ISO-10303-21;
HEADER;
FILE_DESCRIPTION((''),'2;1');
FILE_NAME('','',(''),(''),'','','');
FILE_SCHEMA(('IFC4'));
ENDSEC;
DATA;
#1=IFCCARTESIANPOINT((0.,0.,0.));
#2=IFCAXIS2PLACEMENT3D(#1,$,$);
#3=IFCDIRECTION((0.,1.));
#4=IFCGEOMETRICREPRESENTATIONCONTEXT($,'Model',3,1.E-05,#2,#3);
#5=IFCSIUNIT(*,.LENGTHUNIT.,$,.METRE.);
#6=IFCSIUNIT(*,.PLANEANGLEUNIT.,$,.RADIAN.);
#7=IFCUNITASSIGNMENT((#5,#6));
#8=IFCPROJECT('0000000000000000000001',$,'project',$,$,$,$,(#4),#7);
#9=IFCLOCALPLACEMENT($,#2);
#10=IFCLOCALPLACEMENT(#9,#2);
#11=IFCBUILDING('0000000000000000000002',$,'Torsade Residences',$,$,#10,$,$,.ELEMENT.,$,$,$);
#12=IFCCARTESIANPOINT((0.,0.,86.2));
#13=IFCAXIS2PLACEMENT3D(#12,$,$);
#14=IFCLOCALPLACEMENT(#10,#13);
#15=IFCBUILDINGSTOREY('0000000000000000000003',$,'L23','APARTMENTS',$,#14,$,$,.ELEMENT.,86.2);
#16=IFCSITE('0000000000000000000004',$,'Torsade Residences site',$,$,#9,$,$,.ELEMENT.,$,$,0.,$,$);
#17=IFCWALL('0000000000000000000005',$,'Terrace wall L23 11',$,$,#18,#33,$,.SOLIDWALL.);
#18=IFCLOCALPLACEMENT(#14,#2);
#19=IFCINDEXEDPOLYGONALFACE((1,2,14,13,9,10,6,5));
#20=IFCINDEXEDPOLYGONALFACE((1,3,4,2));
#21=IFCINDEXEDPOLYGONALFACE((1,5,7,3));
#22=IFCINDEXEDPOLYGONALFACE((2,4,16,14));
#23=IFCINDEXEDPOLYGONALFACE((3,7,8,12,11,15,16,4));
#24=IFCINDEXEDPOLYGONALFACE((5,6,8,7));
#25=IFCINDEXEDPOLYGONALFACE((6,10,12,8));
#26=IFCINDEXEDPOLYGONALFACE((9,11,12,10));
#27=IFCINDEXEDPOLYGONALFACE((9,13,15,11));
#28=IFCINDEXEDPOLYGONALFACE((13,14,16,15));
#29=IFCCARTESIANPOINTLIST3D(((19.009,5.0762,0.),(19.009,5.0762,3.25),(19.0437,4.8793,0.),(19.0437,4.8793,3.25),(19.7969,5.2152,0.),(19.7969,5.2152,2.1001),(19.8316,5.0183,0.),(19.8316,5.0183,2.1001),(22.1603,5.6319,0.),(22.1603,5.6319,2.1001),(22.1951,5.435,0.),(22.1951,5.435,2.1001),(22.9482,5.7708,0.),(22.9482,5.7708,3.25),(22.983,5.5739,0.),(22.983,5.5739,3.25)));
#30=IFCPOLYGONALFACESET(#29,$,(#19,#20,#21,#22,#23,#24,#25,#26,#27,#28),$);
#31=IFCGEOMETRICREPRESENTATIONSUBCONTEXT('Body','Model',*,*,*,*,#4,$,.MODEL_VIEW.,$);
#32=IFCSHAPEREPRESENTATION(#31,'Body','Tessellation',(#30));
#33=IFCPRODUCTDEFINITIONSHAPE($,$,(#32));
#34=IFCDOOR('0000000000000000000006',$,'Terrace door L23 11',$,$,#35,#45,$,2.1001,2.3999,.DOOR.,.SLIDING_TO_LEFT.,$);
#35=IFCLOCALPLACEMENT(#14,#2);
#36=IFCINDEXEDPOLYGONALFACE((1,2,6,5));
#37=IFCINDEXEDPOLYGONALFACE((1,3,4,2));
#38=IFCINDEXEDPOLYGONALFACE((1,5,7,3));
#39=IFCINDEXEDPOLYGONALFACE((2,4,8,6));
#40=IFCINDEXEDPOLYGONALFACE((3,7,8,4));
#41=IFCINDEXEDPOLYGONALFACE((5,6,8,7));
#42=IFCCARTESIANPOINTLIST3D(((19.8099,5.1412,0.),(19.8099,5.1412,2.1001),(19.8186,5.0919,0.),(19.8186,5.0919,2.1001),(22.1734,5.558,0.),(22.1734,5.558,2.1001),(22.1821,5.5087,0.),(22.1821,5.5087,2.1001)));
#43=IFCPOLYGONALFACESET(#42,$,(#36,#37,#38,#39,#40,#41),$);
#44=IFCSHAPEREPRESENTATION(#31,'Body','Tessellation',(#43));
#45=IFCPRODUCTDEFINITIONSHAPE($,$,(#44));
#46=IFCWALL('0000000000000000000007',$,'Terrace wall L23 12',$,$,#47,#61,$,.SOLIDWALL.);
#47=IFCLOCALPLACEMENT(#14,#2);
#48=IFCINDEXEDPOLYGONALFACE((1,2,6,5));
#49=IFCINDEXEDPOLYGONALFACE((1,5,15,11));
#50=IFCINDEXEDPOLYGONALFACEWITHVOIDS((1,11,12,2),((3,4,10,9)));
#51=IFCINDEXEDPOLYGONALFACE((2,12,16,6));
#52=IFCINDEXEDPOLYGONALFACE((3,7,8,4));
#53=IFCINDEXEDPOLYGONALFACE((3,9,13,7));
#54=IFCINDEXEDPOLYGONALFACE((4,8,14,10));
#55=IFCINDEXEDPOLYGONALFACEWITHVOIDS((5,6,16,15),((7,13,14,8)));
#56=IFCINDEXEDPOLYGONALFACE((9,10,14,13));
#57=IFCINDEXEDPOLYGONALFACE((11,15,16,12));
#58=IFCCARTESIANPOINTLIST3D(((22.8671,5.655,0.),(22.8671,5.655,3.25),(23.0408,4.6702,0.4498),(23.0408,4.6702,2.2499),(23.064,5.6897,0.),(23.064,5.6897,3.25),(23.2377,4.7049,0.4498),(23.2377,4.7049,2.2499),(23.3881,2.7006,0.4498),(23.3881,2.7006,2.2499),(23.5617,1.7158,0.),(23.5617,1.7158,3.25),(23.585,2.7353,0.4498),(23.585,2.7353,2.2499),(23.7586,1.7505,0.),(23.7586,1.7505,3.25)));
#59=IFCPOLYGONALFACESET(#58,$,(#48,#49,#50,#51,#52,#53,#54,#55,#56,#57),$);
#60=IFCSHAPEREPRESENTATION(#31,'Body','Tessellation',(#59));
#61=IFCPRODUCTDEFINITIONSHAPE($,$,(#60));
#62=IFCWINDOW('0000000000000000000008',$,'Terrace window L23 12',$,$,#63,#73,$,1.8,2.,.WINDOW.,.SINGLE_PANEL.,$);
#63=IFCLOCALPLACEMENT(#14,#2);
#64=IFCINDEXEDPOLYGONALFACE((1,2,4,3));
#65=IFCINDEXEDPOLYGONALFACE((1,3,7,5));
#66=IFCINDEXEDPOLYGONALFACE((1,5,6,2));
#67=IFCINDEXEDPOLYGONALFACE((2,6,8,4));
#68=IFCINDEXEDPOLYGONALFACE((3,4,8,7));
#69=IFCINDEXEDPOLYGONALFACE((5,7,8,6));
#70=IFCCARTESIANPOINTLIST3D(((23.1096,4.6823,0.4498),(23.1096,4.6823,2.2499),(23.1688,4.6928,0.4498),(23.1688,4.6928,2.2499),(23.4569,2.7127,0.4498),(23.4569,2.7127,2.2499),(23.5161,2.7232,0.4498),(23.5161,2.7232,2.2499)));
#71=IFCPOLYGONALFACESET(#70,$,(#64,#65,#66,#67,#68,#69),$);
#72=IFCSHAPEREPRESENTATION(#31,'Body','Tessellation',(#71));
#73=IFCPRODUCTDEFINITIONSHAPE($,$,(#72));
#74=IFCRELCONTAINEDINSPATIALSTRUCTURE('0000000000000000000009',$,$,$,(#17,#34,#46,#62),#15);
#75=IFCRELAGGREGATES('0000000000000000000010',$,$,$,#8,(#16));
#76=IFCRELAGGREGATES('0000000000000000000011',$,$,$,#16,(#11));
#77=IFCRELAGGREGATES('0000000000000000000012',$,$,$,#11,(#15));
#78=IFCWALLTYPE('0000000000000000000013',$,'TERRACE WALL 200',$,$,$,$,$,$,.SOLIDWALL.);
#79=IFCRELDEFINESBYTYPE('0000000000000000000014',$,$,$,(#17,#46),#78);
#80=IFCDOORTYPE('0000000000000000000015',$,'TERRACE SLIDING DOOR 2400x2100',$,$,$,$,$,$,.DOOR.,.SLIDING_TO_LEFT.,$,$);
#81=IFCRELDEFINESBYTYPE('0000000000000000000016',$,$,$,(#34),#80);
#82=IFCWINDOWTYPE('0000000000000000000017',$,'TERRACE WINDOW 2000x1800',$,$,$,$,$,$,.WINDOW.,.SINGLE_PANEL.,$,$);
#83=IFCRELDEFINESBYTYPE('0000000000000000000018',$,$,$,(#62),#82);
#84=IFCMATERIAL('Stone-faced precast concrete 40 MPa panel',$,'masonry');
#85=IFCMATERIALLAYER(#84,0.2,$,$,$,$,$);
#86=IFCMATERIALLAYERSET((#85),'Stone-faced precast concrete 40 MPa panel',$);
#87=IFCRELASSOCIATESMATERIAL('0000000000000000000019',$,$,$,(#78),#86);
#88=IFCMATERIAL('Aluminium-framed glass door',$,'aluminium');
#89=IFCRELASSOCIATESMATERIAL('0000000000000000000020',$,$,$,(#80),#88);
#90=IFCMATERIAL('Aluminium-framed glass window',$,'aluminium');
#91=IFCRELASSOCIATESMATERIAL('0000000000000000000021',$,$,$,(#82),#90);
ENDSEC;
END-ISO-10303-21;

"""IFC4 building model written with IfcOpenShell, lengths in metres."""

from ifc_helpers import new_model, si_unit, direction, frame, frame_2d, origin, place, context, subcontext, project, spatial, rectangle, extrude, material, layer, layer_set, type_object, element, fill, save


model = new_model("IFC4")

# Units and contexts
model_context = context("Model", 3, precision=1e-05, world=origin(), true_north=direction((0.0, 1.0)))
body_context = subcontext(model_context, "Body", "Model", "MODEL_VIEW")
ifc_project = project(units=[si_unit("LENGTHUNIT", "METRE"), si_unit("PLANEANGLEUNIT", "RADIAN")], contexts=[model_context])

# Site, building, storey
site_placement = place(None, origin())
site = spatial("IfcSite", under=ifc_project, at=site_placement, Name="Torsade Residences site", CompositionType="ELEMENT", RefElevation=0.0)
building_placement = place(site_placement, origin())
building = spatial("IfcBuilding", under=site, at=building_placement, Name="Torsade Residences", CompositionType="ELEMENT")
storey_placement = place(building_placement, frame((0.0, 0.0, 86.2)))
storey = spatial("IfcBuildingStorey", under=building, at=storey_placement, Name="L23", Description="APARTMENTS", CompositionType="ELEMENT", Elevation=86.2)

# Wall, opening, door
ifc_material_1 = material(Name="Stone-faced precast concrete 40 MPa panel", Category="masonry")
ifc_layer_1 = layer(ifc_material_1, 0.2)
ifc_layer_set_1 = layer_set([ifc_layer_1], Name="Stone-faced precast concrete 40 MPa panel")
wall_type_1 = type_object("IfcWallType", Name="TERRACE WALL 200", PredefinedType="SOLIDWALL", material=ifc_layer_set_1)
wall_1_placement = place(storey_placement, frame((19.0264, 4.9778, 0.0), z_axis=(0.0, 0.0, 1.0), x_axis=(0.984808, 0.173646, 0.0)))
wall_1 = element("IfcWall", 1, at=wall_1_placement, inside=storey, type_object=wall_type_1, Name="Terrace wall L23 11", PredefinedType="SOLIDWALL", context=body_context, shape_type="SweptSolid", body=[
    extrude(rectangle(XDim=4.0, YDim=0.2, at=frame_2d((2.0, 0.0))), origin(), (0.0, 0.0, 1.0), 3.25),
])
opening_1_placement = place(wall_1_placement, frame((0.8, 0.0, 0.0)))
opening_1 = element("IfcOpeningElement", 2, at=opening_1_placement, cuts=wall_1, PredefinedType="OPENING", context=body_context, shape_type="SweptSolid", body=[
    extrude(rectangle(XDim=2.3999, YDim=2.1001, at=frame_2d((1.2, 1.05))), frame((0.0, 0.1099, 0.0), z_axis=(0.0, -1.0, 0.0), x_axis=(1.0, 0.0, 0.0)), (0.0, 0.0, 1.0), 0.22),
])
ifc_material_2 = material(Name="Aluminium-framed glass door", Category="aluminium")
door_type_1 = type_object("IfcDoorType", Name="TERRACE SLIDING DOOR 2400x2100", OperationType="SLIDING_TO_LEFT", PredefinedType="DOOR", material=ifc_material_2)
door_1_placement = place(opening_1_placement, origin())
door_1 = element("IfcDoor", 3, at=door_1_placement, inside=storey, type_object=door_type_1, Name="Terrace door L23 11", OperationType="SLIDING_TO_LEFT", OverallHeight=2.1001, OverallWidth=2.3999, PredefinedType="DOOR", context=body_context, shape_type="SweptSolid", body=[
    extrude(rectangle(XDim=2.3999, YDim=2.1001, at=frame_2d((1.2, 1.05))), frame((0.0, 0.0249, 0.0), z_axis=(0.0, -1.0, 0.0), x_axis=(1.0, 0.0, 0.0)), (0.0, 0.0, 1.0), 0.05),
])
fill(opening_1, door_1)

# Wall, opening, window
wall_2_placement = place(storey_placement, frame((22.9656, 5.6724, 0.0), z_axis=(0.0, 0.0, 1.0), x_axis=(0.173646, -0.984808, 0.0)))
wall_2 = element("IfcWall", 4, at=wall_2_placement, inside=storey, type_object=wall_type_1, Name="Terrace wall L23 12", PredefinedType="SOLIDWALL", context=body_context, shape_type="SweptSolid", body=[
    extrude(rectangle(XDim=4.0, YDim=0.2, at=frame_2d((2.0, 0.0))), origin(), (0.0, 0.0, 1.0), 3.25),
])
opening_2_placement = place(wall_2_placement, frame((1.0, 0.0, 0.45)))
opening_2 = element("IfcOpeningElement", 5, at=opening_2_placement, cuts=wall_2, PredefinedType="OPENING", context=body_context, shape_type="SweptSolid", body=[
    extrude(rectangle(XDim=2.0, YDim=1.8, at=frame_2d((1.0, 0.8999))), frame((0.0, 0.1099, 0.0), z_axis=(0.0, -1.0, 0.0), x_axis=(1.0, 0.0, 0.0)), (0.0, 0.0, 1.0), 0.22),
])
ifc_material_3 = material(Name="Aluminium-framed glass window", Category="aluminium")
window_type = type_object("IfcWindowType", Name="TERRACE WINDOW 2000x1800", PartitioningType="SINGLE_PANEL", PredefinedType="WINDOW", material=ifc_material_3)
window_placement = place(opening_2_placement, origin())
window = element("IfcWindow", 6, at=window_placement, inside=storey, type_object=window_type, Name="Terrace window L23 12", OverallHeight=1.8, OverallWidth=2.0, PartitioningType="SINGLE_PANEL", PredefinedType="WINDOW", context=body_context, shape_type="SweptSolid", body=[
    extrude(rectangle(XDim=2.0, YDim=1.8, at=frame_2d((1.0, 0.8999))), frame((0.0, 0.03, 0.0), z_axis=(0.0, -1.0, 0.0), x_axis=(1.0, 0.0, 0.0)), (0.0, 0.0, 1.0), 0.0601),
])
fill(opening_2, window)

save(model, "model.ifc")
